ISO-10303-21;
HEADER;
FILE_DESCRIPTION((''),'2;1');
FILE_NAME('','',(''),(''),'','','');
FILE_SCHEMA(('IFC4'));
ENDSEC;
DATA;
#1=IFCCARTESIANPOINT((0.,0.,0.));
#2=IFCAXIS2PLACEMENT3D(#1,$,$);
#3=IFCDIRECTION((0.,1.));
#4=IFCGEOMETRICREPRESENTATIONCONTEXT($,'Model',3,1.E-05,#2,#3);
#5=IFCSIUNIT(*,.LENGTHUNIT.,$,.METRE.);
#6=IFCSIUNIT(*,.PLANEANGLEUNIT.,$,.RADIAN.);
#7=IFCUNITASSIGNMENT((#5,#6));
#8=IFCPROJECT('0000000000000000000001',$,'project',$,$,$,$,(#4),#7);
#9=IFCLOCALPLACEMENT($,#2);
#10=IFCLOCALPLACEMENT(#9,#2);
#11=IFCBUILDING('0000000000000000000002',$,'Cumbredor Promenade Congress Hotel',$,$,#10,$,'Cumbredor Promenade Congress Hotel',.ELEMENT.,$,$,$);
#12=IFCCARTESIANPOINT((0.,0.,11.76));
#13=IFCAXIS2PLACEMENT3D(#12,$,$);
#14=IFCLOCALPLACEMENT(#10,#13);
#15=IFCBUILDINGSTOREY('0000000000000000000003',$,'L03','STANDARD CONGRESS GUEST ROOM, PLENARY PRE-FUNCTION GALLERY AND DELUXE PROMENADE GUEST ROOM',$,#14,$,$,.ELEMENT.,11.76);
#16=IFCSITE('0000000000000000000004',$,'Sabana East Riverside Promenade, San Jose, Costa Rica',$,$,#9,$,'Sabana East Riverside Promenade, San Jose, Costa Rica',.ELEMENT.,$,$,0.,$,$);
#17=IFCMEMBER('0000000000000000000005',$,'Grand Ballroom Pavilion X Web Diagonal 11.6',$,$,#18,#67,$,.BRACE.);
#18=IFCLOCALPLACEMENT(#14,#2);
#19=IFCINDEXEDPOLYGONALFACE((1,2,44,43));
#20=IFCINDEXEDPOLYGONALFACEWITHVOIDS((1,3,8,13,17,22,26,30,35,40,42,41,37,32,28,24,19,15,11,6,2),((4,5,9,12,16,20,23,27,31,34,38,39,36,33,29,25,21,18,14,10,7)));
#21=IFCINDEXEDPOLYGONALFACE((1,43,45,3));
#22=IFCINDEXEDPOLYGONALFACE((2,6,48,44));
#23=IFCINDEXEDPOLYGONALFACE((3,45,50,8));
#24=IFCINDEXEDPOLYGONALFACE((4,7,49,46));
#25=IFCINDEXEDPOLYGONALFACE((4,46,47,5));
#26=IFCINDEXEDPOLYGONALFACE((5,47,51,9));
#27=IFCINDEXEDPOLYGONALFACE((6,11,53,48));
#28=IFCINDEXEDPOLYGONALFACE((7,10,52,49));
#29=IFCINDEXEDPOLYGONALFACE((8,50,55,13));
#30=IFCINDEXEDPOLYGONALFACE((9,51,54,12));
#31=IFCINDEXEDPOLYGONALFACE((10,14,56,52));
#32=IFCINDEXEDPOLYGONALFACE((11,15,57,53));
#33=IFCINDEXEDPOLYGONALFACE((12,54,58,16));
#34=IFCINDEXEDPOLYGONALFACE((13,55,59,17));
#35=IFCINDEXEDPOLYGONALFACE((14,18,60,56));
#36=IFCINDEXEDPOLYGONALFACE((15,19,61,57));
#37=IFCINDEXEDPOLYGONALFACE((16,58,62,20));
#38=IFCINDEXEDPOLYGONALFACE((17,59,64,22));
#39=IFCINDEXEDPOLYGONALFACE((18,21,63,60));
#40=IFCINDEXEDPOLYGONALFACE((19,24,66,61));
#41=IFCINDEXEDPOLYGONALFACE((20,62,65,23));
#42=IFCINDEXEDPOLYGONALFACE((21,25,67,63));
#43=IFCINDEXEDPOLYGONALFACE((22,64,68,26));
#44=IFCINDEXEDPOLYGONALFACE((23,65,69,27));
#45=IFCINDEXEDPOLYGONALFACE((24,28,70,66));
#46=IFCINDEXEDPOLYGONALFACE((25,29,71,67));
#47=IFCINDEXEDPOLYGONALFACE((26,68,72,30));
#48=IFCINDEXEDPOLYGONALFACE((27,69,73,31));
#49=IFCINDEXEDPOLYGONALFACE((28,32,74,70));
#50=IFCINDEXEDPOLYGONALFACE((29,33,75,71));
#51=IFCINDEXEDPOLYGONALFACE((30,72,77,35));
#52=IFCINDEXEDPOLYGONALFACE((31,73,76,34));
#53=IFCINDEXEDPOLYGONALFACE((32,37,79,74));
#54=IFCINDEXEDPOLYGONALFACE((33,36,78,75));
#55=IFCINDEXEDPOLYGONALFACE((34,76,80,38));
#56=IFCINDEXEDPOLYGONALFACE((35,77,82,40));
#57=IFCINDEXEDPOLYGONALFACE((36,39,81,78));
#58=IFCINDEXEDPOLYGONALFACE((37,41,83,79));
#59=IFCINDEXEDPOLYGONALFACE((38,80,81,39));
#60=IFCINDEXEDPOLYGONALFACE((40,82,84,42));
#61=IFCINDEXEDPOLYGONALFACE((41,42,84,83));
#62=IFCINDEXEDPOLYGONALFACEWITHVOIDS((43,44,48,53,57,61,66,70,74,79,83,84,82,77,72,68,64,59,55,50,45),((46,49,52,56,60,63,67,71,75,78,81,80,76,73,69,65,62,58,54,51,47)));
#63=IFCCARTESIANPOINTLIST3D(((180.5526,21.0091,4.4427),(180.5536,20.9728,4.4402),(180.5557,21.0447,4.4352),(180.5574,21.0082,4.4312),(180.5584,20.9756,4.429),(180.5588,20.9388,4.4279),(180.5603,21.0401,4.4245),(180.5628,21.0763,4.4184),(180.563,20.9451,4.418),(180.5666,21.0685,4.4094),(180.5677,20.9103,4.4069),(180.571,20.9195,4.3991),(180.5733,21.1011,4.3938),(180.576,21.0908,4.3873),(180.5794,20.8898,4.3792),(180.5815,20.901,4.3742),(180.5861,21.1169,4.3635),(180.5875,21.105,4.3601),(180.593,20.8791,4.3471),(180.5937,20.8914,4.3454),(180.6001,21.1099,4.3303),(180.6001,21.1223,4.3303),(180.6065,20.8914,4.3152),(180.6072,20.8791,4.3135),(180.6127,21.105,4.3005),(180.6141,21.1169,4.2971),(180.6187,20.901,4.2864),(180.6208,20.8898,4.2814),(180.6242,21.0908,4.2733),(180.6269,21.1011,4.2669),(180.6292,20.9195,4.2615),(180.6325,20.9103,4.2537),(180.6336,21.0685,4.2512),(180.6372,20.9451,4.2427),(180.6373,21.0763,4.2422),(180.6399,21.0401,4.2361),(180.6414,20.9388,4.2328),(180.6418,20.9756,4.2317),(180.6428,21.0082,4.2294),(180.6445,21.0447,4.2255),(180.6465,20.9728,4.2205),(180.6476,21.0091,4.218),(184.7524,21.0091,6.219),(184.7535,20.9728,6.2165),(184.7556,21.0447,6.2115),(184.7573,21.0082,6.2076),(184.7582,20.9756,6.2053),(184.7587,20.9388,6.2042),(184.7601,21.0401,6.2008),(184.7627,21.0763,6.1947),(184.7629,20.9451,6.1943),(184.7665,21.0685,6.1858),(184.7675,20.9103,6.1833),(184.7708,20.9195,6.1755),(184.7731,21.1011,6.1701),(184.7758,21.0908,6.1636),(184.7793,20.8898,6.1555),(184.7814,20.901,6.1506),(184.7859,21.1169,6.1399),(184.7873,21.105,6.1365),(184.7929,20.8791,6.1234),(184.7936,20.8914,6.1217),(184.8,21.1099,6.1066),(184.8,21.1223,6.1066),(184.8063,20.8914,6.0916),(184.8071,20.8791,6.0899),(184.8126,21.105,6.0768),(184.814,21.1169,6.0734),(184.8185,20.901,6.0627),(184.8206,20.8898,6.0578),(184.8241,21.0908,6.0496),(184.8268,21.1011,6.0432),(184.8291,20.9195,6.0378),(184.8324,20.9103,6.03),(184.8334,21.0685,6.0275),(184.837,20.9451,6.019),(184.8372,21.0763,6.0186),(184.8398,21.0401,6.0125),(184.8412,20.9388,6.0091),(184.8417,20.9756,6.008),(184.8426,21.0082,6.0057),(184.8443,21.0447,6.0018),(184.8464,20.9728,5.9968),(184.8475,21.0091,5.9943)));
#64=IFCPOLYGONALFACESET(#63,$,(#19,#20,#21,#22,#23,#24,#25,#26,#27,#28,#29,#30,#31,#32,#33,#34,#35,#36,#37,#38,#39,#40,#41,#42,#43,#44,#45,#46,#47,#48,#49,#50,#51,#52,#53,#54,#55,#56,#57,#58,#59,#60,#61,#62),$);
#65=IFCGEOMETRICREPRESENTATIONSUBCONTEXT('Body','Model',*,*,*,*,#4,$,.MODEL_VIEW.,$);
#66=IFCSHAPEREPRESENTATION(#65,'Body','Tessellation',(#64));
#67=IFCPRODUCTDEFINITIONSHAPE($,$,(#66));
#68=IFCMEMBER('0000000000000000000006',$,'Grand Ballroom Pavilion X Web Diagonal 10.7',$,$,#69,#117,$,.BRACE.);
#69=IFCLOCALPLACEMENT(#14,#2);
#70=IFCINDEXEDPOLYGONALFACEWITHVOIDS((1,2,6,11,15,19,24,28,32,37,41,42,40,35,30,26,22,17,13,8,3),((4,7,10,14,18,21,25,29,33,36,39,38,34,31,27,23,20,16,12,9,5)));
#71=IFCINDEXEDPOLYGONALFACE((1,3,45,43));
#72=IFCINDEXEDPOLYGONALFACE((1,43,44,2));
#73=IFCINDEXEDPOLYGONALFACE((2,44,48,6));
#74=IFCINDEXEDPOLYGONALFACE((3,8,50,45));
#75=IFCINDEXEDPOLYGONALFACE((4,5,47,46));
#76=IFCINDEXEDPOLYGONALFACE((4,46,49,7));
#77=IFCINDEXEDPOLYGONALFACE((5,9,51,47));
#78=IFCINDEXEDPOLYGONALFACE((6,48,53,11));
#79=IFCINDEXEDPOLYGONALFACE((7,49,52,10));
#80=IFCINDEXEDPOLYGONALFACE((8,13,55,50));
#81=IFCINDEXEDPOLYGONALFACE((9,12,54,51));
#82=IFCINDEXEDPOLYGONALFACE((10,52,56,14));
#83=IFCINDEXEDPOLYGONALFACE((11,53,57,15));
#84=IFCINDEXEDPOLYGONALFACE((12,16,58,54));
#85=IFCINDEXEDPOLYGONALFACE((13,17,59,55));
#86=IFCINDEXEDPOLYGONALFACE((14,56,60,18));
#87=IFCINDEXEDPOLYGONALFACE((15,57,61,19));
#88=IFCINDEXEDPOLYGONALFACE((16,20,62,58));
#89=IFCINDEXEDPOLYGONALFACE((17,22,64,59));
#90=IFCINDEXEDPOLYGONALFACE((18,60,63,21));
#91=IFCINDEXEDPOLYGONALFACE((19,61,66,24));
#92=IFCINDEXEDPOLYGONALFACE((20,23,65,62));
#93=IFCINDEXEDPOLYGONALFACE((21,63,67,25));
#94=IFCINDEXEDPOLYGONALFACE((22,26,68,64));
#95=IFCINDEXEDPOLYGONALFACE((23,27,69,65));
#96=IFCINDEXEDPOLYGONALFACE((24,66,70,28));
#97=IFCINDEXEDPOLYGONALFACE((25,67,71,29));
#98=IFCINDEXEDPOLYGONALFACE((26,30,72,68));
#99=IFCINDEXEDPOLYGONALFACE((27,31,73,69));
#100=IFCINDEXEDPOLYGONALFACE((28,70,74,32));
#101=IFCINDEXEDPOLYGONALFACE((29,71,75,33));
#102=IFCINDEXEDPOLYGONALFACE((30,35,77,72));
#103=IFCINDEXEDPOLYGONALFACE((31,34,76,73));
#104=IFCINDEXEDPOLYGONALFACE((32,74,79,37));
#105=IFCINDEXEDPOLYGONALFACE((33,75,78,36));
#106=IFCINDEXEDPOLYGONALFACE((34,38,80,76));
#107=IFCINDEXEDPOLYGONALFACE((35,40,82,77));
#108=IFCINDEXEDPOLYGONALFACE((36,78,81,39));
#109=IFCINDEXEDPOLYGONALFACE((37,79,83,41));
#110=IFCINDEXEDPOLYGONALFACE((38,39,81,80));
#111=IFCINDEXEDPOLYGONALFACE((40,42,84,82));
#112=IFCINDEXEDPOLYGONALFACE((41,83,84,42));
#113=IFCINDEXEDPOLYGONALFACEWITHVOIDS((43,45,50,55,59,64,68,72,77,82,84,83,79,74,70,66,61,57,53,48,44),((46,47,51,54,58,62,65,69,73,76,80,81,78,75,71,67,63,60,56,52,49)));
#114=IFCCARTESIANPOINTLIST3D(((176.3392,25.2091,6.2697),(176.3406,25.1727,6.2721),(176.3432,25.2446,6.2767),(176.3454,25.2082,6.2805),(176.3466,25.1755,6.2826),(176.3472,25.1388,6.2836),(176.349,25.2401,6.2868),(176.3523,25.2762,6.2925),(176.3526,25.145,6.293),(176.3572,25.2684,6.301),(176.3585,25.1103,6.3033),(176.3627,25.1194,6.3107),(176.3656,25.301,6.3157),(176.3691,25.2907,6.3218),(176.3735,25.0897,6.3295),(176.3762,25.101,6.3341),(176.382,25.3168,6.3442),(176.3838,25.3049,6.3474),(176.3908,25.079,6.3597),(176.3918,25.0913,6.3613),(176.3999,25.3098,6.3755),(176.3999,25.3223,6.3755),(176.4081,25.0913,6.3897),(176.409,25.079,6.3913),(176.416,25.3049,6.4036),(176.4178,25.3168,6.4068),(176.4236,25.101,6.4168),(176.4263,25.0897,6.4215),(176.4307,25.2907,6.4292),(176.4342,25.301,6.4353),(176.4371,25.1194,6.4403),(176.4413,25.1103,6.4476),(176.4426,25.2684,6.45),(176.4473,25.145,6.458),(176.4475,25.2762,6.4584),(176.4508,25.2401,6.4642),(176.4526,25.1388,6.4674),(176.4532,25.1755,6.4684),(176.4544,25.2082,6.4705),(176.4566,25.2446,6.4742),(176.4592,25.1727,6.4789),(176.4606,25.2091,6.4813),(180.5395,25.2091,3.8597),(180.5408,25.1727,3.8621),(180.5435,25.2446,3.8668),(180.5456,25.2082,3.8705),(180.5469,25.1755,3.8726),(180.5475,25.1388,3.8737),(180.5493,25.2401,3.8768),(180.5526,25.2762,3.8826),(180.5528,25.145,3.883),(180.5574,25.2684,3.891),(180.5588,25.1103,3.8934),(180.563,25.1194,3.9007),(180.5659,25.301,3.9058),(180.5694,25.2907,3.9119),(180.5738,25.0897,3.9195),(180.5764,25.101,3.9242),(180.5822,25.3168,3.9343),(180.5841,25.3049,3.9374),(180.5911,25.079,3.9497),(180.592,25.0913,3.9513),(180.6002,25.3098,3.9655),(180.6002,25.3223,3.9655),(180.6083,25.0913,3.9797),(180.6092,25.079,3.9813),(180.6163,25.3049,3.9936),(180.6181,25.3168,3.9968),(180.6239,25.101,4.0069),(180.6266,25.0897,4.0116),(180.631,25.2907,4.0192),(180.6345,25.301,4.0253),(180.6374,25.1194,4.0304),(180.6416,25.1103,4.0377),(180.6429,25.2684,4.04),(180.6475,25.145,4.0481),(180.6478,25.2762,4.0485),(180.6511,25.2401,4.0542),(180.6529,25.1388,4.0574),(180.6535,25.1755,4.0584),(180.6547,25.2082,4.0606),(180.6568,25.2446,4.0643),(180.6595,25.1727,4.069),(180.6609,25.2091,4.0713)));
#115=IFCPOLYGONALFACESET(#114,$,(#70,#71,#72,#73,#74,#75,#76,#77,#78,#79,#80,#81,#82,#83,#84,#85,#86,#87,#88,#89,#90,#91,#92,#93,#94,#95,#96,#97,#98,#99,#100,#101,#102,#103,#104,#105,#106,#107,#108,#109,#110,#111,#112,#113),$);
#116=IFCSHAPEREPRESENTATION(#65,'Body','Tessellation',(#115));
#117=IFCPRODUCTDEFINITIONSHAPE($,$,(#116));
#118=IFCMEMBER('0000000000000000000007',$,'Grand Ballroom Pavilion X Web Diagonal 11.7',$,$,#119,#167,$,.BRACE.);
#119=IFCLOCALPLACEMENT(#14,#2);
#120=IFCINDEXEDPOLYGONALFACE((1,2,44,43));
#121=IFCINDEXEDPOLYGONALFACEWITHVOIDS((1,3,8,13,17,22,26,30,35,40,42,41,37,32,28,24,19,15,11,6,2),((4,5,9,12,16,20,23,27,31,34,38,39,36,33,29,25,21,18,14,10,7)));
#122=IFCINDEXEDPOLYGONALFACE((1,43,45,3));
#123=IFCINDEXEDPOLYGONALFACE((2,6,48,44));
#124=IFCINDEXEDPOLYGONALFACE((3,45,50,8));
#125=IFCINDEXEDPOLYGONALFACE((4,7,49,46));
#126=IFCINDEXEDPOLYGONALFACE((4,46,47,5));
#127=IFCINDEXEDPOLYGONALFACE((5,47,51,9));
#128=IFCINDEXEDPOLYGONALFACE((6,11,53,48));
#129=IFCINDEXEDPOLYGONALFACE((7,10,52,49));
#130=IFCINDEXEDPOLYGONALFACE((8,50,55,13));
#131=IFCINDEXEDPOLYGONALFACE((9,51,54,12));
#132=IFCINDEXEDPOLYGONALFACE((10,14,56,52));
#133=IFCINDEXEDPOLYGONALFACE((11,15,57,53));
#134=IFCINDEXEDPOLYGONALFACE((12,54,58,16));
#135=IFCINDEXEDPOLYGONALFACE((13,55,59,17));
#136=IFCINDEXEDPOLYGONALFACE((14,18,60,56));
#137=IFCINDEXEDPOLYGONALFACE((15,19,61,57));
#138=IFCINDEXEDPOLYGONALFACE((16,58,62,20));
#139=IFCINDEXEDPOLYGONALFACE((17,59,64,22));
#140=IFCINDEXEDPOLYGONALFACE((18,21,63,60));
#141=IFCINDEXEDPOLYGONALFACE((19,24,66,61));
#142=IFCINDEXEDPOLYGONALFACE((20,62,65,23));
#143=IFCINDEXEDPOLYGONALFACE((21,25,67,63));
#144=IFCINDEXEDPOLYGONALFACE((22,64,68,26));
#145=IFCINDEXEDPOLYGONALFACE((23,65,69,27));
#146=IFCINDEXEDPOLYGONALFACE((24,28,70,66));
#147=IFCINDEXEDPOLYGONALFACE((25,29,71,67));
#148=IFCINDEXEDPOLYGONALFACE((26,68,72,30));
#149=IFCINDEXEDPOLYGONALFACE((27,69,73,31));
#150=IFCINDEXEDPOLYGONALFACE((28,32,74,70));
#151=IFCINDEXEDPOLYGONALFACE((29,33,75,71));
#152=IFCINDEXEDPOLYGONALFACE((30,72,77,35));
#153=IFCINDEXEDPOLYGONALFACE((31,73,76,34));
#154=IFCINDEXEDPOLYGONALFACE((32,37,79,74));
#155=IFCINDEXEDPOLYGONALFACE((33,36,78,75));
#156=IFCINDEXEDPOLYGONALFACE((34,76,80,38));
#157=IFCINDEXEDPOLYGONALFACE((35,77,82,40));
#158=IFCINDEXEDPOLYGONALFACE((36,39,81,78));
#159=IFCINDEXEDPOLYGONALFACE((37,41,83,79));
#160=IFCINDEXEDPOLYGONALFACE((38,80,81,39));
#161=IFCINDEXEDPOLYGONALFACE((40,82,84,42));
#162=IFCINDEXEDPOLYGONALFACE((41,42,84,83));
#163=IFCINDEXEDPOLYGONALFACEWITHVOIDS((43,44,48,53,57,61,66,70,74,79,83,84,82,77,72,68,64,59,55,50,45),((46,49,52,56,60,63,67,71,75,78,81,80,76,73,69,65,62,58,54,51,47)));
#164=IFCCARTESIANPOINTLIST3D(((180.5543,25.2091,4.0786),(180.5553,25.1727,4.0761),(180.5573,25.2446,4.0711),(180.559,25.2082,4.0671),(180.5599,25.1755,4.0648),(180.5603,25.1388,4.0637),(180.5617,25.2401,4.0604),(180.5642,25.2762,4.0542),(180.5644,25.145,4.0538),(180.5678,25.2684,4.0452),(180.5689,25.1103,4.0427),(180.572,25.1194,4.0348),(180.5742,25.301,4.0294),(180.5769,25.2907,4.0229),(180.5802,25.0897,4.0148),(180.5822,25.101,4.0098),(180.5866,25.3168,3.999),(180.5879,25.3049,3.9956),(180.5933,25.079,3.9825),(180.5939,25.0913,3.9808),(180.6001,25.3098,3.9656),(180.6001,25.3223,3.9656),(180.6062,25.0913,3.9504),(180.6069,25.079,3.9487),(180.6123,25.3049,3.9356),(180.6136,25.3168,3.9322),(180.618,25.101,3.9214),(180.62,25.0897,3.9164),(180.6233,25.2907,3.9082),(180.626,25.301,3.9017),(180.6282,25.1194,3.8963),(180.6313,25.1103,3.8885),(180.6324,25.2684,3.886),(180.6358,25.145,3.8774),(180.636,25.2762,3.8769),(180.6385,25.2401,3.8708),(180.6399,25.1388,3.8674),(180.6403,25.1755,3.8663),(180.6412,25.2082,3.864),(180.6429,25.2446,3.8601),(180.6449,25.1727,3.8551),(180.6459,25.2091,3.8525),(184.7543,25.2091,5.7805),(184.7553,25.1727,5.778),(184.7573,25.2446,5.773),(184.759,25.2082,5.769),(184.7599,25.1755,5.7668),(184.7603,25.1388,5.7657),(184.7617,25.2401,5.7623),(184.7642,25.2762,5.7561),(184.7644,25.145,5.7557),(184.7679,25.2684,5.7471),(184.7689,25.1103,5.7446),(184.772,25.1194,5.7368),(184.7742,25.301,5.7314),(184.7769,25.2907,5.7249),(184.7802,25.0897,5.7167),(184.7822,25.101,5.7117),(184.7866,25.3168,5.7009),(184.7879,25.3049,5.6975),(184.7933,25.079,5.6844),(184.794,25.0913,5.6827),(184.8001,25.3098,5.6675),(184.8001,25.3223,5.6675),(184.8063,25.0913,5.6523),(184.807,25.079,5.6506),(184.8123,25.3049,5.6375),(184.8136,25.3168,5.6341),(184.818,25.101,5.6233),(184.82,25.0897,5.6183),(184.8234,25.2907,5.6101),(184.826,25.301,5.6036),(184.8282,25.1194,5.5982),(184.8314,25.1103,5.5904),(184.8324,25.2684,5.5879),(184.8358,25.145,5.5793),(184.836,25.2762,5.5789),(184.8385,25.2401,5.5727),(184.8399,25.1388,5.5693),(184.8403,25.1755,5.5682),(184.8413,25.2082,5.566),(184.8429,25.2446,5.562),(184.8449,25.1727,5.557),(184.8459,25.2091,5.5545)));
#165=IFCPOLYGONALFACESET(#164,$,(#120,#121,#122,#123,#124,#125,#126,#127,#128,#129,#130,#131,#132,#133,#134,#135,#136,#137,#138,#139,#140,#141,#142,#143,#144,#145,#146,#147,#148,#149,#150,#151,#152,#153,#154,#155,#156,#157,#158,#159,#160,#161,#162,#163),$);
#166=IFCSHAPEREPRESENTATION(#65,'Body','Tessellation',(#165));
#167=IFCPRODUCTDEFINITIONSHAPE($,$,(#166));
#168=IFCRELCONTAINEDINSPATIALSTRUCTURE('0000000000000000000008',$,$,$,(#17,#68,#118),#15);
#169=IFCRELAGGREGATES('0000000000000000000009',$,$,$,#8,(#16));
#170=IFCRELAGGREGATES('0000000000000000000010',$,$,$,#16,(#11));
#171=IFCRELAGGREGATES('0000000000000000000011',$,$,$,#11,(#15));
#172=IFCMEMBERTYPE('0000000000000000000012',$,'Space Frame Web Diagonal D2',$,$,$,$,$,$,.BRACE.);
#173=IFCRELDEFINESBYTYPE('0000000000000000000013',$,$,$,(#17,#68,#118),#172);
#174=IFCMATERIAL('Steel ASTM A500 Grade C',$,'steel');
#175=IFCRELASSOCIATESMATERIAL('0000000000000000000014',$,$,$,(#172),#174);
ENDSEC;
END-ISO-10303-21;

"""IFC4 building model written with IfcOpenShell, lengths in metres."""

from ifc_helpers import new_model, si_unit, direction, frame, origin, origin_2d, place, context, subcontext, project, spatial, hollow_circle, extrude, material, material_profile, profile_set, type_object, element, save


model = new_model("IFC4")

# Units and contexts
model_context = context("Model", 3, precision=1e-05, world=origin(), true_north=direction((0.0, 1.0)))
body_context = subcontext(model_context, "Body", "Model", "MODEL_VIEW")
ifc_project = project(units=[si_unit("LENGTHUNIT", "METRE"), si_unit("PLANEANGLEUNIT", "RADIAN")], contexts=[model_context])

# Site, building, storey
site_placement = place(None, origin())
site = spatial("IfcSite", under=ifc_project, at=site_placement, Name="Sabana East Riverside Promenade, San Jose, Costa Rica", LongName="Sabana East Riverside Promenade, San Jose, Costa Rica", CompositionType="ELEMENT", RefElevation=0.0)
building_placement = place(site_placement, origin())
building = spatial("IfcBuilding", under=site, at=building_placement, Name="Cumbredor Promenade Congress Hotel", LongName="Cumbredor Promenade Congress Hotel", CompositionType="ELEMENT")
storey_placement = place(building_placement, frame((0.0, 0.0, 11.76)))
storey = spatial("IfcBuildingStorey", under=building, at=storey_placement, Name="L03", Description="STANDARD CONGRESS GUEST ROOM, PLENARY PRE-FUNCTION GALLERY AND DELUXE PROMENADE GUEST ROOM", CompositionType="ELEMENT", Elevation=11.76)

# Members
ifc_material_1 = material(Name="Steel ASTM A500 Grade C", Category="steel")
ifc_material_profile_1 = material_profile(ifc_material_1, hollow_circle(Radius=0.1223, WallThickness=0.0125, at=origin_2d()), Name="CHS 244.5x12.5")
ifc_profile_set_1 = profile_set([ifc_material_profile_1], Name="Steel ASTM A500 Grade C")
member_type_1 = type_object("IfcMemberType", Name="Space Frame Web Diagonal D2", PredefinedType="BRACE", material=ifc_profile_set_1)
member_1_placement = place(storey_placement, frame((180.6001, 21.0, 4.3303), z_axis=(0.921009, 0.0, 0.38954), x_axis=(0.0, 1.0, 0.0)))
element("IfcMember", 1, at=member_1_placement, inside=storey, type_object=member_type_1, Name="Grand Ballroom Pavilion X Web Diagonal 11.6", PredefinedType="BRACE", context=body_context, shape_type="SweptSolid", body=[
    extrude(hollow_circle(Radius=0.1223, WallThickness=0.0125, at=origin_2d()), origin(), (0.0, 0.0, 1.0), 4.5601),
])
member_2_placement = place(storey_placement, frame((176.3999, 25.2, 6.3755), z_axis=(0.86737, 0.0, -0.497664), x_axis=(0.0, 1.0, 0.0)))
element("IfcMember", 2, at=member_2_placement, inside=storey, type_object=member_type_1, Name="Grand Ballroom Pavilion X Web Diagonal 10.7", PredefinedType="BRACE", context=body_context, shape_type="SweptSolid", body=[
    extrude(hollow_circle(Radius=0.1223, WallThickness=0.0125, at=origin_2d()), origin(), (0.0, 0.0, 1.0), 4.8425),
])
member_3_placement = place(storey_placement, frame((180.6001, 25.2, 3.9656), z_axis=(0.926799, 0.0, 0.375558), x_axis=(0.0, 1.0, 0.0)))
element("IfcMember", 3, at=member_3_placement, inside=storey, type_object=member_type_1, Name="Grand Ballroom Pavilion X Web Diagonal 11.7", PredefinedType="BRACE", context=body_context, shape_type="SweptSolid", body=[
    extrude(hollow_circle(Radius=0.1223, WallThickness=0.0125, at=origin_2d()), origin(), (0.0, 0.0, 1.0), 4.5317),
])

save(model, "model.ifc")
